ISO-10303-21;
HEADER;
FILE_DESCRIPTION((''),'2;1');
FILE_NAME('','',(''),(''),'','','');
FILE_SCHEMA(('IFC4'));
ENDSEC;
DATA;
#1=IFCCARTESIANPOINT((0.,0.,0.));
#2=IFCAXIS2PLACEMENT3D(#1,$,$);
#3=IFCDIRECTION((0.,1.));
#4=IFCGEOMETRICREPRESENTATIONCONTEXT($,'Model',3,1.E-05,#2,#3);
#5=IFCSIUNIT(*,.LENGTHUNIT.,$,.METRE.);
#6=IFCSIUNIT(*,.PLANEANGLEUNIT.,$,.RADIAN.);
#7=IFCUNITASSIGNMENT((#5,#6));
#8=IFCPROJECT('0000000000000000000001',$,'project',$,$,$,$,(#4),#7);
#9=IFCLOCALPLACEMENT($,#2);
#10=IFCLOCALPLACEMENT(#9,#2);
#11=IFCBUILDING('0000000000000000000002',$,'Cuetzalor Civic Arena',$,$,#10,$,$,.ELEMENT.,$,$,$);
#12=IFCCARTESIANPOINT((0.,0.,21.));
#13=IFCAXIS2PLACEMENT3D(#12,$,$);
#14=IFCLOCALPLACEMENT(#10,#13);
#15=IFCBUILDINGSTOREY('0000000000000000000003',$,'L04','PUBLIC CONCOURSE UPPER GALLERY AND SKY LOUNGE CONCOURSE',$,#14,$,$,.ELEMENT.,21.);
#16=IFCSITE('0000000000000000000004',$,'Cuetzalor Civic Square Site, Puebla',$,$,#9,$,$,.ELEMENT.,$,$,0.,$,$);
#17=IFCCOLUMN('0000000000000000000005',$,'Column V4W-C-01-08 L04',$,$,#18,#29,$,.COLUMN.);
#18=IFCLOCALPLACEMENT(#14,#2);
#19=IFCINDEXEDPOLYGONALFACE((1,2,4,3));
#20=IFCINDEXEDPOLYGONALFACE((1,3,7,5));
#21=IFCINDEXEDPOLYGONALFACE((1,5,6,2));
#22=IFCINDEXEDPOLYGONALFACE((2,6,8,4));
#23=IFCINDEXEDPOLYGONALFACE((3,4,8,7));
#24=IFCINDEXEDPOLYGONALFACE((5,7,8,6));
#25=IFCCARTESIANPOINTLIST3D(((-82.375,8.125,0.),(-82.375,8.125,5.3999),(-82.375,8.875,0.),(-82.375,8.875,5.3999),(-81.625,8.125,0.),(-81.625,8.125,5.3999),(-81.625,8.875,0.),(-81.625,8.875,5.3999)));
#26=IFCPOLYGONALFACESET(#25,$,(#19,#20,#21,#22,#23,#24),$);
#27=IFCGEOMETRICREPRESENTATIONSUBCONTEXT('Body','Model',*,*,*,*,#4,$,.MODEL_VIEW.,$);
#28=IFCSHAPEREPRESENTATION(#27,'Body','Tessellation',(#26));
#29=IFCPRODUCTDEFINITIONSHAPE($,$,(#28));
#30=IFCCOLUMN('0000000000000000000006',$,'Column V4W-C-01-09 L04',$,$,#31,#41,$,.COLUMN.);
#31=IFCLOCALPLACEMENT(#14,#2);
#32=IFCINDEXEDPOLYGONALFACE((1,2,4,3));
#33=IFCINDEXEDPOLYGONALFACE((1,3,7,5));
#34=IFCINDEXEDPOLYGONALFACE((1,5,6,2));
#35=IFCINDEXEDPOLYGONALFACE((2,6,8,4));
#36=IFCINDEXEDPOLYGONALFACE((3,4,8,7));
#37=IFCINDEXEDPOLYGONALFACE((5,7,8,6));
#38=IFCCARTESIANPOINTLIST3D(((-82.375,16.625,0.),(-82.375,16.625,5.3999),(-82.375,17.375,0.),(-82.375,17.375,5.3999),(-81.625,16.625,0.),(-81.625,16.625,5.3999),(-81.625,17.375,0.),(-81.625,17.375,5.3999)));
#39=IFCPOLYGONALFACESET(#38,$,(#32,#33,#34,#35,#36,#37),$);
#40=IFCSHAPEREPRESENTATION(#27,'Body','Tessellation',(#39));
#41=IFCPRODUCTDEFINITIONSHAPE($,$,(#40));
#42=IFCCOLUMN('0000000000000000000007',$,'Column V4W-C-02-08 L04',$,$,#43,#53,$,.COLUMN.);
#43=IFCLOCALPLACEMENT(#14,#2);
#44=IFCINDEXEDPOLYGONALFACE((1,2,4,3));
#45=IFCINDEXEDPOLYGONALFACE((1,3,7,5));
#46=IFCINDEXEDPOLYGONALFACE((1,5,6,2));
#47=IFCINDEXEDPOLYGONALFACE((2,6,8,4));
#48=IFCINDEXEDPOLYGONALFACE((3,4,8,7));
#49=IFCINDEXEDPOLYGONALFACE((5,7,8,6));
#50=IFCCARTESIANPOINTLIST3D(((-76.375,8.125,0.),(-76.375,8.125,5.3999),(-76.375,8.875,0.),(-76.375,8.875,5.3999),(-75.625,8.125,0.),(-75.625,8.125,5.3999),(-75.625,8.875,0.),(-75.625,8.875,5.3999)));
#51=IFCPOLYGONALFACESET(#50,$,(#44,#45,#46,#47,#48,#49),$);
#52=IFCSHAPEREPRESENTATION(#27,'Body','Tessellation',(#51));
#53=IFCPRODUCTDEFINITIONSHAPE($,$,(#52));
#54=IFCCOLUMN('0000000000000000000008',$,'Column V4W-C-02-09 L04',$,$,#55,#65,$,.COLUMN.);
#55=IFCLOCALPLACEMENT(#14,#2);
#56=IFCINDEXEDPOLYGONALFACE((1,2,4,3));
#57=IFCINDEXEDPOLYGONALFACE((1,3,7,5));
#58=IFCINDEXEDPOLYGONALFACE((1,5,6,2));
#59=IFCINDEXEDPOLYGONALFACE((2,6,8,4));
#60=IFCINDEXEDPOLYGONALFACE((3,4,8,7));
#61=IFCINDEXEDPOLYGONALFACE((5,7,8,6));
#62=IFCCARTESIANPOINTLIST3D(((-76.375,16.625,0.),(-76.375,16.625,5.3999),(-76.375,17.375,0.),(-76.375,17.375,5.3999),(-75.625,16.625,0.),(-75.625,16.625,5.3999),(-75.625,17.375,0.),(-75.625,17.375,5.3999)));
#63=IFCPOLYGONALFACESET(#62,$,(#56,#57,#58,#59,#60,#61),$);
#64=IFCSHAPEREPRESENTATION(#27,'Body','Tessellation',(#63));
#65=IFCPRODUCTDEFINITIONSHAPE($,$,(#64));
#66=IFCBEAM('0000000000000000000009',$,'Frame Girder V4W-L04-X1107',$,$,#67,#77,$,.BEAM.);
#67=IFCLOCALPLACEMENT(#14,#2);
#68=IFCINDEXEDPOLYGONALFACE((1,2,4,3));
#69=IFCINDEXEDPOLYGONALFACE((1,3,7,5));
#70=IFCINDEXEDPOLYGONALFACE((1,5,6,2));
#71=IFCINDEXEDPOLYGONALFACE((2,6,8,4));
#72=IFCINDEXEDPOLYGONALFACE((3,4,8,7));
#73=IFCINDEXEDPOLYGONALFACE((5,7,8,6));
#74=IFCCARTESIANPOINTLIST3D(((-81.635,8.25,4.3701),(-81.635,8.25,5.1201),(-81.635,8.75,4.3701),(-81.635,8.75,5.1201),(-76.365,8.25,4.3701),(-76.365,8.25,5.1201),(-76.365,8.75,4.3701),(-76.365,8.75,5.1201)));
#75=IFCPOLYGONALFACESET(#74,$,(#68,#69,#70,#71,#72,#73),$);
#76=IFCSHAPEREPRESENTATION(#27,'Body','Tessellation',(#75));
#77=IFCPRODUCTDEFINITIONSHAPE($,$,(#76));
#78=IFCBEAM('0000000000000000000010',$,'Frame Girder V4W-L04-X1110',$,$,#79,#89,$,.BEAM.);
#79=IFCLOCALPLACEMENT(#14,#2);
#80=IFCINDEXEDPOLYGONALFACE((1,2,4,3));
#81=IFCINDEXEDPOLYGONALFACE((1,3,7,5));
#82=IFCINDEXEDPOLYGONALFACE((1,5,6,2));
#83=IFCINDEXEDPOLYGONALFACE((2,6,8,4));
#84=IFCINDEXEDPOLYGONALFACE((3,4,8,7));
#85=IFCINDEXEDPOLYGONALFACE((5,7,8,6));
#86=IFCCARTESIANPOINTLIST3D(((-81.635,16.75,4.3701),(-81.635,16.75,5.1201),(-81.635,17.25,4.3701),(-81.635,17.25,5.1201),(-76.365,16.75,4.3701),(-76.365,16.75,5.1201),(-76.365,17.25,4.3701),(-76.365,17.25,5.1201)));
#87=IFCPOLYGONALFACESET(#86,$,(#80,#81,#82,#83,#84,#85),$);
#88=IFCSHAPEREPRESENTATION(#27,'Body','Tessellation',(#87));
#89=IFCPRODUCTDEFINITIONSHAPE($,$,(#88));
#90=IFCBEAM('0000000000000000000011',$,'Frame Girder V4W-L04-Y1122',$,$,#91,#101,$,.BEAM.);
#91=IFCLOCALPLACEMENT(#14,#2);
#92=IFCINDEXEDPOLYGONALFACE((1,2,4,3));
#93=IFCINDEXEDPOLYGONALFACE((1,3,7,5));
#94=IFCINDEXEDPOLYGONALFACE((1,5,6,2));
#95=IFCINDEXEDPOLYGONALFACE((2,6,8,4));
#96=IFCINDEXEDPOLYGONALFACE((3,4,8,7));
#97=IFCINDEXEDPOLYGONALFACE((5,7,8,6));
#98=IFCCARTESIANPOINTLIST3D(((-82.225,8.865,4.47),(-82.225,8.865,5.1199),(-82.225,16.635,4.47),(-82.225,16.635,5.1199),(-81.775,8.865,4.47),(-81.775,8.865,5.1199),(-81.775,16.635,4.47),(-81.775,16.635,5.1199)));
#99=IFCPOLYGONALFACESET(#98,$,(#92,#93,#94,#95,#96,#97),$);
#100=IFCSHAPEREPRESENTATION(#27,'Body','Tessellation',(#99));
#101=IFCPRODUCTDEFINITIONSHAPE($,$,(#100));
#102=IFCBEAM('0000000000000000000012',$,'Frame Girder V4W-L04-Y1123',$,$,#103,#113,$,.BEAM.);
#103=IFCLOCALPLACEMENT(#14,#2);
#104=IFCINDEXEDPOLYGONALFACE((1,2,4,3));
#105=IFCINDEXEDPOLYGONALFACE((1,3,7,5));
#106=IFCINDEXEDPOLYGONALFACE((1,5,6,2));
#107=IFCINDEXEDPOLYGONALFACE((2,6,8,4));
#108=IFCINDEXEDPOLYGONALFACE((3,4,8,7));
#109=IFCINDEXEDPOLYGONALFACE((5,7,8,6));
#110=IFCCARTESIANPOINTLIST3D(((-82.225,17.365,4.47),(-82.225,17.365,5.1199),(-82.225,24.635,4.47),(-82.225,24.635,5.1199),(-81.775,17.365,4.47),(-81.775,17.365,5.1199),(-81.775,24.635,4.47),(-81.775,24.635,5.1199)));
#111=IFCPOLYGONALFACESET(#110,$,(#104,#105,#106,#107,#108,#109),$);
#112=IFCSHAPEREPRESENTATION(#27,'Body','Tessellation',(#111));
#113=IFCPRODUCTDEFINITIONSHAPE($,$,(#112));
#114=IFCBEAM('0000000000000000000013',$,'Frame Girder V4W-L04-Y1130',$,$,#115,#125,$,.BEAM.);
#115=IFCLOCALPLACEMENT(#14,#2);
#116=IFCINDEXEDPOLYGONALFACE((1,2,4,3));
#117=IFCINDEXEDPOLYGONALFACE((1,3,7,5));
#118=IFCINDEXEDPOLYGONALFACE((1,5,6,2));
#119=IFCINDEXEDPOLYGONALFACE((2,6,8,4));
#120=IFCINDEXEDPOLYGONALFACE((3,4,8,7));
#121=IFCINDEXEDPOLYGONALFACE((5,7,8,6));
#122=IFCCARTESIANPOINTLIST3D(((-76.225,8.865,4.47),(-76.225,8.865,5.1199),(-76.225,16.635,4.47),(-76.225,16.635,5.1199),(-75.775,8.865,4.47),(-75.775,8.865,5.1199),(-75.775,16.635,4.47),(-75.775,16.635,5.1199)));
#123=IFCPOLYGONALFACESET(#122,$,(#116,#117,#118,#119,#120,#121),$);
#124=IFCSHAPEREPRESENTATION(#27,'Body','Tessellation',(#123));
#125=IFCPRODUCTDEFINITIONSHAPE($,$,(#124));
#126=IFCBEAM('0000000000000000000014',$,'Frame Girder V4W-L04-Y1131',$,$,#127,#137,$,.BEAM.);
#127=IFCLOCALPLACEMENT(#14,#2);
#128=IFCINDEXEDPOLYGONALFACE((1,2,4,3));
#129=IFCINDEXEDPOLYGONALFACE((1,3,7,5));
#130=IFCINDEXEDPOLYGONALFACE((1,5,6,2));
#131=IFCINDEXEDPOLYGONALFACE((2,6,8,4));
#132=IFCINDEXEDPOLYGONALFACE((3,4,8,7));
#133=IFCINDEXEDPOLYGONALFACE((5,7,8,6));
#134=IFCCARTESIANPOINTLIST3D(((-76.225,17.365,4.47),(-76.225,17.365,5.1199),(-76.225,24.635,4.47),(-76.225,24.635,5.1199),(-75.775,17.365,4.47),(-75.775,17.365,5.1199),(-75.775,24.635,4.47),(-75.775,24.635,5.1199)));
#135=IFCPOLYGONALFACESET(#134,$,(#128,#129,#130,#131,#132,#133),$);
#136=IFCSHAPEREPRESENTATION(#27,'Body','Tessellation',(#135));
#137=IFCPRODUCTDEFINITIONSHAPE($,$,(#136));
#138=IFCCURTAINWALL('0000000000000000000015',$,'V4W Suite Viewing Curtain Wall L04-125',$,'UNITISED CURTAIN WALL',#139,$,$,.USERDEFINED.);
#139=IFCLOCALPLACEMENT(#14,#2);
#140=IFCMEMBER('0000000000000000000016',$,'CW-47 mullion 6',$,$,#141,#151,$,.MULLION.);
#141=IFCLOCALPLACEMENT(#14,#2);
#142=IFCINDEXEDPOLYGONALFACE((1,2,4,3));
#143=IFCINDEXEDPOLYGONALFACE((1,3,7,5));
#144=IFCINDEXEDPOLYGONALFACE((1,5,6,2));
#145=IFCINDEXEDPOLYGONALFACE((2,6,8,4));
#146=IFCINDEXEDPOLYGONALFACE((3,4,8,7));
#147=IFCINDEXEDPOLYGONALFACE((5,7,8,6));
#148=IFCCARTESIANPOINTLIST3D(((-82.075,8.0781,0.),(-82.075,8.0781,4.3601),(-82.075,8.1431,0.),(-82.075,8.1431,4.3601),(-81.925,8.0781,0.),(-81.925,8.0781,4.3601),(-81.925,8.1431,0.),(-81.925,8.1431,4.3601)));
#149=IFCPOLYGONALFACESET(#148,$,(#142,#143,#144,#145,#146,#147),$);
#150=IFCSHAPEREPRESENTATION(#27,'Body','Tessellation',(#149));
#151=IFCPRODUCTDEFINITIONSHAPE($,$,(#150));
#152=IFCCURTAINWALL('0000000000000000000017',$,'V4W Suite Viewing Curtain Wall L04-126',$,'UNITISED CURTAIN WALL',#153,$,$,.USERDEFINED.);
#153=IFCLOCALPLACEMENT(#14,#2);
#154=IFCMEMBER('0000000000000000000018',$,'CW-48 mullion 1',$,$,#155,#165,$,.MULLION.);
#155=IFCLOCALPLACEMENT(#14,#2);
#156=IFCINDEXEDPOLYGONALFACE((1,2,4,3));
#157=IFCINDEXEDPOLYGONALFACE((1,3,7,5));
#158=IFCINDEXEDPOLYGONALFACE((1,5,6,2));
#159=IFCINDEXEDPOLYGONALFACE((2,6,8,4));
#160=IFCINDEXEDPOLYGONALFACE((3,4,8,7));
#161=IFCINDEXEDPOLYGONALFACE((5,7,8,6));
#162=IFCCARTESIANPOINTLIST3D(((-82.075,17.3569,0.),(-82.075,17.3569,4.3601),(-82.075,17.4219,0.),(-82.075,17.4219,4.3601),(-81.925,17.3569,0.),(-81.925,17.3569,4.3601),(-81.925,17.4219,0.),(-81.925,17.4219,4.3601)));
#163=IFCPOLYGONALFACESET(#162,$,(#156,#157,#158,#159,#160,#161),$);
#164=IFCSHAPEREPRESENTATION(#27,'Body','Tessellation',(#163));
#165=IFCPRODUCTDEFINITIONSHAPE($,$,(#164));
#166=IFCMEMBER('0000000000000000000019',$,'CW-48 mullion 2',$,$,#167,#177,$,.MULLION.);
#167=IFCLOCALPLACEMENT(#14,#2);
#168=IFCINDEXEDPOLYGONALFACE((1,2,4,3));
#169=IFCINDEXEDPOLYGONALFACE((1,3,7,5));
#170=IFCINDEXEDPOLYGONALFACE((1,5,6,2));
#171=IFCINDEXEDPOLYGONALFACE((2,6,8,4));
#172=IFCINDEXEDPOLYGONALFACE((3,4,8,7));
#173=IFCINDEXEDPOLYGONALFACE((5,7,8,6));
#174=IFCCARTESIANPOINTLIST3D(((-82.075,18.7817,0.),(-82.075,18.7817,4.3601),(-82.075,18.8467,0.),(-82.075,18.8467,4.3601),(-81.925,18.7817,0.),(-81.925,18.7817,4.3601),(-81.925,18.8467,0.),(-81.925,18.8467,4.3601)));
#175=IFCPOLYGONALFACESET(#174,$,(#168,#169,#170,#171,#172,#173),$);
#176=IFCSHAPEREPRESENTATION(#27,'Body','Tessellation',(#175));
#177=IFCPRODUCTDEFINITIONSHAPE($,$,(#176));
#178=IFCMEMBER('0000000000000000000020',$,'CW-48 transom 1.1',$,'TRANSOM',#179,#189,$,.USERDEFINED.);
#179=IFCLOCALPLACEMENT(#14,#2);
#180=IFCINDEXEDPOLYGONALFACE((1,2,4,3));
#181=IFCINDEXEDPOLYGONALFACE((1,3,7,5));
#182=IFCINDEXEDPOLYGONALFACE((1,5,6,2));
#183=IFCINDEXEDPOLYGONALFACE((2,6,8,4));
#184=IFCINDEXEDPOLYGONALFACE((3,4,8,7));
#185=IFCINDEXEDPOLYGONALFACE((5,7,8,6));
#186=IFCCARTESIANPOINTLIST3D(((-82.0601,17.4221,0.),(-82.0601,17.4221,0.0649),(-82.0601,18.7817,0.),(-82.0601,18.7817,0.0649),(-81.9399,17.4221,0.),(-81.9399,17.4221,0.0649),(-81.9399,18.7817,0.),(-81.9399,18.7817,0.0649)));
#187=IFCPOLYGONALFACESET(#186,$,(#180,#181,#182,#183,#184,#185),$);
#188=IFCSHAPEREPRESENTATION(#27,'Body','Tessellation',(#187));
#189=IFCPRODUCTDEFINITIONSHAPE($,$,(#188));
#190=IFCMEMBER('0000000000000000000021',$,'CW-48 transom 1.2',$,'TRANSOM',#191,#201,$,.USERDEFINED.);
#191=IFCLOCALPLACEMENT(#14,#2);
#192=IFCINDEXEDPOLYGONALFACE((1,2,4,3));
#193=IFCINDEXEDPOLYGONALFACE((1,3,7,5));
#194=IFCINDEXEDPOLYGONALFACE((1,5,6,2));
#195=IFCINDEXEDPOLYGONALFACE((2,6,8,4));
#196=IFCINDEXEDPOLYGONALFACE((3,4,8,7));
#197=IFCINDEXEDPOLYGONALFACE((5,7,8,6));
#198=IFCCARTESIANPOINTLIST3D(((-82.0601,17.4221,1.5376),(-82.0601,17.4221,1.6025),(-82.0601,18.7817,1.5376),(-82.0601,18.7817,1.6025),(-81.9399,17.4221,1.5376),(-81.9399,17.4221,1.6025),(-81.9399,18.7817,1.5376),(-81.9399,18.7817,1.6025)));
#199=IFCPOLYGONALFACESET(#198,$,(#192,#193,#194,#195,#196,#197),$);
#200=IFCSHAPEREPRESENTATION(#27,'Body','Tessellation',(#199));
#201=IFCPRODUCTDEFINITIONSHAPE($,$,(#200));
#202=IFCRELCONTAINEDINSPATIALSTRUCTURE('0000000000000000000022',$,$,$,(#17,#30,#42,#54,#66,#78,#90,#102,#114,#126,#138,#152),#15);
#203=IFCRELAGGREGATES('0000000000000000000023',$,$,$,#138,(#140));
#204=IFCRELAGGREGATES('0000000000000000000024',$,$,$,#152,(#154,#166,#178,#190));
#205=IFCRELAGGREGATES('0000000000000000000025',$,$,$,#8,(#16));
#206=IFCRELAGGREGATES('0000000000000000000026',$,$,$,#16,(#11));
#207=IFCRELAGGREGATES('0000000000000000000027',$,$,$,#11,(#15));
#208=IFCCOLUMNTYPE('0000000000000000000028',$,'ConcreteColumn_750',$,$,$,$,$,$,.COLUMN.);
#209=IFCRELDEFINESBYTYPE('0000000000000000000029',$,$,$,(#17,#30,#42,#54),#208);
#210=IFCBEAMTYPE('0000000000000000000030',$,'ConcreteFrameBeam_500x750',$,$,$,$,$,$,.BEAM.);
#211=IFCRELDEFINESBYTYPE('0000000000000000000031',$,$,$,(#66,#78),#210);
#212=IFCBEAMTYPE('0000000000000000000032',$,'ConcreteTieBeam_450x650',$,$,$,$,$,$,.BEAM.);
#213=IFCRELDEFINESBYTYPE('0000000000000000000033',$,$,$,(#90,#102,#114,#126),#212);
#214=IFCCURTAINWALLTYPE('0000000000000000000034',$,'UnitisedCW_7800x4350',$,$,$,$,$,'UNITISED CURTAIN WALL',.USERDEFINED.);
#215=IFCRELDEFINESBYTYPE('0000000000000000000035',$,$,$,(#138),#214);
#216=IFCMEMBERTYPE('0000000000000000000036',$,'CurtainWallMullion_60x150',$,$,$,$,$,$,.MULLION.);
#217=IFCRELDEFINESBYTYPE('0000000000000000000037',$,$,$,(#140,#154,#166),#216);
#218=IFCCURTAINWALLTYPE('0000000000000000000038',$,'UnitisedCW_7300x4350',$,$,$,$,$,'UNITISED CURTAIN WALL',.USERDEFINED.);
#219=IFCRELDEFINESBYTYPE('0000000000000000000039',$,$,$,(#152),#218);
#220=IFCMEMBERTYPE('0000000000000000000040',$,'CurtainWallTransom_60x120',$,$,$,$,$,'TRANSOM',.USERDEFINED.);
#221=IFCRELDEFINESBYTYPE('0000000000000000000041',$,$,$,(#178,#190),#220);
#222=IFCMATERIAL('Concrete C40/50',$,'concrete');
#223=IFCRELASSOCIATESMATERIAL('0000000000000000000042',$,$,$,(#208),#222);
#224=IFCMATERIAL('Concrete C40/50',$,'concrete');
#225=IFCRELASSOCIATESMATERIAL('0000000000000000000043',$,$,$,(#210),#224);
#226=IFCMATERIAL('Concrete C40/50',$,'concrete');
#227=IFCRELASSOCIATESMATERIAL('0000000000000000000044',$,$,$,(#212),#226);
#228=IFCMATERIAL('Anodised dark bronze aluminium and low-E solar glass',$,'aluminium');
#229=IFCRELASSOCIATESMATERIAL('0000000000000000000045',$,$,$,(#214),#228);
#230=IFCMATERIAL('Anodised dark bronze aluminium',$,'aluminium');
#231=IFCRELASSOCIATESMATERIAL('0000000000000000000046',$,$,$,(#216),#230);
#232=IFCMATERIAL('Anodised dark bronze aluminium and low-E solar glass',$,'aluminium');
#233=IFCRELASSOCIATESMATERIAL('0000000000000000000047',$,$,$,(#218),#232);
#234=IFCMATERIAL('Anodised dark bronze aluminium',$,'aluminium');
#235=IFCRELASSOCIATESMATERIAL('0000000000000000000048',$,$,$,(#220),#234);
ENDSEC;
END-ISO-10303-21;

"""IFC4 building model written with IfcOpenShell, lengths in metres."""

from ifc_helpers import new_model, si_unit, direction, frame, origin, origin_2d, place, context, subcontext, project, spatial, rectangle, extrude, material, material_profile, profile_set, type_object, element, aggregate, save


model = new_model("IFC4")

# Units and contexts
model_context = context("Model", 3, precision=1e-05, world=origin(), true_north=direction((0.0, 1.0)))
body_context = subcontext(model_context, "Body", "Model", "MODEL_VIEW")
ifc_project = project(units=[si_unit("LENGTHUNIT", "METRE"), si_unit("PLANEANGLEUNIT", "RADIAN")], contexts=[model_context])

# Site, building, storey
site_placement = place(None, origin())
site = spatial("IfcSite", under=ifc_project, at=site_placement, Name="Cuetzalor Civic Square Site, Puebla", CompositionType="ELEMENT", RefElevation=0.0)
building_placement = place(site_placement, origin())
building = spatial("IfcBuilding", under=site, at=building_placement, Name="Cuetzalor Civic Arena", CompositionType="ELEMENT")
storey_placement = place(building_placement, frame((0.0, 0.0, 21.0)))
storey = spatial("IfcBuildingStorey", under=building, at=storey_placement, Name="L04", Description="PUBLIC CONCOURSE UPPER GALLERY AND SKY LOUNGE CONCOURSE", CompositionType="ELEMENT", Elevation=21.0)

# Columns
ifc_material_1 = material(Name="Concrete C40/50", Category="concrete")
ifc_material_profile_1 = material_profile(ifc_material_1, rectangle(XDim=0.75, YDim=0.75, at=origin_2d()), Name="RC 750x750")
ifc_profile_set_1 = profile_set([ifc_material_profile_1], Name="Concrete C40/50")
column_type = type_object("IfcColumnType", Name="ConcreteColumn_750", PredefinedType="COLUMN", material=ifc_profile_set_1)
for number, where, z_axis, x_axis, name in (
    (1, (-82.0, 8.5, 0.0), (0.0, 0.0, 1.0), (1.0, 0.0, 0.0), "Column V4W-C-01-08 L04"),
    (2, (-82.0, 17.0, 0.0), (0.0, 0.0, 1.0), (1.0, 0.0, 0.0), "Column V4W-C-01-09 L04"),
    (3, (-76.0, 8.5, 0.0), (0.0, 0.0, 1.0), (1.0, 0.0, 0.0), "Column V4W-C-02-08 L04"),
    (4, (-76.0, 17.0, 0.0), (0.0, 0.0, 1.0), (1.0, 0.0, 0.0), "Column V4W-C-02-09 L04"),
):
    element("IfcColumn", number, at=place(storey_placement, frame(where, z_axis=z_axis, x_axis=x_axis)), inside=storey, type_object=column_type, Name=name, PredefinedType="COLUMN", context=body_context, shape_type="SweptSolid", body=[
        extrude(rectangle(XDim=0.75, YDim=0.75, at=origin_2d()), origin(), (0.0, 0.0, 1.0), 5.3999),
    ])

# Beams
ifc_material_2 = material(Name="Concrete C40/50", Category="concrete")
ifc_material_profile_2 = material_profile(ifc_material_2, rectangle(XDim=0.5, YDim=0.75, at=origin_2d()), Name="RC 500x750")
ifc_profile_set_2 = profile_set([ifc_material_profile_2], Name="Concrete C40/50")
beam_type_1 = type_object("IfcBeamType", Name="ConcreteFrameBeam_500x750", PredefinedType="BEAM", material=ifc_profile_set_2)
for number, where, z_axis, x_axis, name in (
    (5, (-81.635, 8.5, 4.7451), (1.0, 0.0, 0.0), (0.0, 1.0, 0.0), "Frame Girder V4W-L04-X1107"),
    (6, (-81.635, 17.0, 4.7451), (1.0, 0.0, 0.0), (0.0, 1.0, 0.0), "Frame Girder V4W-L04-X1110"),
):
    element("IfcBeam", number, at=place(storey_placement, frame(where, z_axis=z_axis, x_axis=x_axis)), inside=storey, type_object=beam_type_1, Name=name, PredefinedType="BEAM", context=body_context, shape_type="SweptSolid", body=[
        extrude(rectangle(XDim=0.5, YDim=0.75, at=origin_2d()), origin(), (0.0, 0.0, 1.0), 5.27),
    ])
ifc_material_3 = material(Name="Concrete C40/50", Category="concrete")
ifc_material_profile_3 = material_profile(ifc_material_3, rectangle(XDim=0.45, YDim=0.6499, at=origin_2d()), Name="RC 450x650")
ifc_profile_set_3 = profile_set([ifc_material_profile_3], Name="Concrete C40/50")
beam_type_2 = type_object("IfcBeamType", Name="ConcreteTieBeam_450x650", PredefinedType="BEAM", material=ifc_profile_set_3)
beam_1_placement = place(storey_placement, frame((-82.0, 8.865, 4.7949), z_axis=(0.0, 1.0, 0.0), x_axis=(-1.0, 0.0, 0.0)))
element("IfcBeam", 7, at=beam_1_placement, inside=storey, type_object=beam_type_2, Name="Frame Girder V4W-L04-Y1122", PredefinedType="BEAM", context=body_context, shape_type="SweptSolid", body=[
    extrude(rectangle(XDim=0.45, YDim=0.6499, at=origin_2d()), origin(), (0.0, 0.0, 1.0), 7.77),
])
beam_2_placement = place(storey_placement, frame((-82.0, 17.365, 4.7949), z_axis=(0.0, 1.0, 0.0), x_axis=(-1.0, 0.0, 0.0)))
element("IfcBeam", 8, at=beam_2_placement, inside=storey, type_object=beam_type_2, Name="Frame Girder V4W-L04-Y1123", PredefinedType="BEAM", context=body_context, shape_type="SweptSolid", body=[
    extrude(rectangle(XDim=0.45, YDim=0.6499, at=origin_2d()), origin(), (0.0, 0.0, 1.0), 7.27),
])
beam_3_placement = place(storey_placement, frame((-76.0, 8.865, 4.7949), z_axis=(0.0, 1.0, 0.0), x_axis=(-1.0, 0.0, 0.0)))
element("IfcBeam", 9, at=beam_3_placement, inside=storey, type_object=beam_type_2, Name="Frame Girder V4W-L04-Y1130", PredefinedType="BEAM", context=body_context, shape_type="SweptSolid", body=[
    extrude(rectangle(XDim=0.45, YDim=0.6499, at=origin_2d()), origin(), (0.0, 0.0, 1.0), 7.77),
])
beam_4_placement = place(storey_placement, frame((-76.0, 17.365, 4.7949), z_axis=(0.0, 1.0, 0.0), x_axis=(-1.0, 0.0, 0.0)))
element("IfcBeam", 10, at=beam_4_placement, inside=storey, type_object=beam_type_2, Name="Frame Girder V4W-L04-Y1131", PredefinedType="BEAM", context=body_context, shape_type="SweptSolid", body=[
    extrude(rectangle(XDim=0.45, YDim=0.6499, at=origin_2d()), origin(), (0.0, 0.0, 1.0), 7.27),
])

# Curtain wall, member
ifc_material_4 = material(Name="Anodised dark bronze aluminium and low-E solar glass", Category="aluminium")
curtain_wall_type_1 = type_object("IfcCurtainWallType", Name="UnitisedCW_7800x4350", ElementType="UNITISED CURTAIN WALL", PredefinedType="USERDEFINED", material=ifc_material_4)
curtain_wall_1_placement = place(storey_placement, origin())
curtain_wall_1 = element("IfcCurtainWall", 11, at=curtain_wall_1_placement, inside=storey, type_object=curtain_wall_type_1, Name="V4W Suite Viewing Curtain Wall L04-125", ObjectType="UNITISED CURTAIN WALL", PredefinedType="USERDEFINED")
ifc_material_5 = material(Name="Anodised dark bronze aluminium", Category="aluminium")
ifc_material_profile_4 = material_profile(ifc_material_5, rectangle(XDim=0.0649, YDim=0.1499, at=origin_2d()), Name="ALU MULLION 65x150")
ifc_profile_set_4 = profile_set([ifc_material_profile_4], Name="Anodised dark bronze aluminium")
member_type_1 = type_object("IfcMemberType", Name="CurtainWallMullion_60x150", PredefinedType="MULLION", material=ifc_profile_set_4)
member_1_placement = place(storey_placement, frame((-82.0, 8.1106, 0.0), z_axis=(0.0, 0.0, 1.0), x_axis=(0.0, 1.0, 0.0)))
member_1 = element("IfcMember", 12, at=member_1_placement, type_object=member_type_1, Name="CW-47 mullion 6", PredefinedType="MULLION", context=body_context, shape_type="SweptSolid", body=[
    extrude(rectangle(XDim=0.0649, YDim=0.1499, at=origin_2d()), origin(), (0.0, 0.0, 1.0), 4.3601),
])
aggregate(curtain_wall_1, [member_1])

# Curtain wall, members
ifc_material_6 = material(Name="Anodised dark bronze aluminium and low-E solar glass", Category="aluminium")
curtain_wall_type_2 = type_object("IfcCurtainWallType", Name="UnitisedCW_7300x4350", ElementType="UNITISED CURTAIN WALL", PredefinedType="USERDEFINED", material=ifc_material_6)
curtain_wall_2_placement = place(storey_placement, origin())
curtain_wall_2 = element("IfcCurtainWall", 13, at=curtain_wall_2_placement, inside=storey, type_object=curtain_wall_type_2, Name="V4W Suite Viewing Curtain Wall L04-126", ObjectType="UNITISED CURTAIN WALL", PredefinedType="USERDEFINED")
member_2_placement = place(storey_placement, frame((-82.0, 17.3894, 0.0), z_axis=(0.0, 0.0, 1.0), x_axis=(0.0, 1.0, 0.0)))
member_2 = element("IfcMember", 14, at=member_2_placement, type_object=member_type_1, Name="CW-48 mullion 1", PredefinedType="MULLION", context=body_context, shape_type="SweptSolid", body=[
    extrude(rectangle(XDim=0.0649, YDim=0.1499, at=origin_2d()), origin(), (0.0, 0.0, 1.0), 4.3601),
])
member_3_placement = place(storey_placement, frame((-82.0, 18.8142, 0.0), z_axis=(0.0, 0.0, 1.0), x_axis=(0.0, 1.0, 0.0)))
member_3 = element("IfcMember", 15, at=member_3_placement, type_object=member_type_1, Name="CW-48 mullion 2", PredefinedType="MULLION", context=body_context, shape_type="SweptSolid", body=[
    extrude(rectangle(XDim=0.0649, YDim=0.1499, at=origin_2d()), origin(), (0.0, 0.0, 1.0), 4.3601),
])
ifc_material_7 = material(Name="Anodised dark bronze aluminium", Category="aluminium")
ifc_material_profile_5 = material_profile(ifc_material_7, rectangle(XDim=0.1201, YDim=0.0649, at=origin_2d()), Name="ALU TRANSOM 65x120")
ifc_profile_set_5 = profile_set([ifc_material_profile_5], Name="Anodised dark bronze aluminium")
member_type_2 = type_object("IfcMemberType", Name="CurtainWallTransom_60x120", ElementType="TRANSOM", PredefinedType="USERDEFINED", material=ifc_profile_set_5)
member_4_placement = place(storey_placement, frame((-82.0, 17.4221, 0.0325), z_axis=(0.0, 1.0, 0.0), x_axis=(-1.0, 0.0, 0.0)))
member_4 = element("IfcMember", 16, at=member_4_placement, type_object=member_type_2, Name="CW-48 transom 1.1", ObjectType="TRANSOM", PredefinedType="USERDEFINED", context=body_context, shape_type="SweptSolid", body=[
    extrude(rectangle(XDim=0.1201, YDim=0.0649, at=origin_2d()), origin(), (0.0, 0.0, 1.0), 1.3596),
])
member_5_placement = place(storey_placement, frame((-82.0, 17.4221, 1.5701), z_axis=(0.0, 1.0, 0.0), x_axis=(-1.0, 0.0, 0.0)))
member_5 = element("IfcMember", 17, at=member_5_placement, type_object=member_type_2, Name="CW-48 transom 1.2", ObjectType="TRANSOM", PredefinedType="USERDEFINED", context=body_context, shape_type="SweptSolid", body=[
    extrude(rectangle(XDim=0.1201, YDim=0.0649, at=origin_2d()), origin(), (0.0, 0.0, 1.0), 1.3596),
])

aggregate(curtain_wall_2, [member_2, member_3, member_4, member_5])

save(model, "model.ifc")
